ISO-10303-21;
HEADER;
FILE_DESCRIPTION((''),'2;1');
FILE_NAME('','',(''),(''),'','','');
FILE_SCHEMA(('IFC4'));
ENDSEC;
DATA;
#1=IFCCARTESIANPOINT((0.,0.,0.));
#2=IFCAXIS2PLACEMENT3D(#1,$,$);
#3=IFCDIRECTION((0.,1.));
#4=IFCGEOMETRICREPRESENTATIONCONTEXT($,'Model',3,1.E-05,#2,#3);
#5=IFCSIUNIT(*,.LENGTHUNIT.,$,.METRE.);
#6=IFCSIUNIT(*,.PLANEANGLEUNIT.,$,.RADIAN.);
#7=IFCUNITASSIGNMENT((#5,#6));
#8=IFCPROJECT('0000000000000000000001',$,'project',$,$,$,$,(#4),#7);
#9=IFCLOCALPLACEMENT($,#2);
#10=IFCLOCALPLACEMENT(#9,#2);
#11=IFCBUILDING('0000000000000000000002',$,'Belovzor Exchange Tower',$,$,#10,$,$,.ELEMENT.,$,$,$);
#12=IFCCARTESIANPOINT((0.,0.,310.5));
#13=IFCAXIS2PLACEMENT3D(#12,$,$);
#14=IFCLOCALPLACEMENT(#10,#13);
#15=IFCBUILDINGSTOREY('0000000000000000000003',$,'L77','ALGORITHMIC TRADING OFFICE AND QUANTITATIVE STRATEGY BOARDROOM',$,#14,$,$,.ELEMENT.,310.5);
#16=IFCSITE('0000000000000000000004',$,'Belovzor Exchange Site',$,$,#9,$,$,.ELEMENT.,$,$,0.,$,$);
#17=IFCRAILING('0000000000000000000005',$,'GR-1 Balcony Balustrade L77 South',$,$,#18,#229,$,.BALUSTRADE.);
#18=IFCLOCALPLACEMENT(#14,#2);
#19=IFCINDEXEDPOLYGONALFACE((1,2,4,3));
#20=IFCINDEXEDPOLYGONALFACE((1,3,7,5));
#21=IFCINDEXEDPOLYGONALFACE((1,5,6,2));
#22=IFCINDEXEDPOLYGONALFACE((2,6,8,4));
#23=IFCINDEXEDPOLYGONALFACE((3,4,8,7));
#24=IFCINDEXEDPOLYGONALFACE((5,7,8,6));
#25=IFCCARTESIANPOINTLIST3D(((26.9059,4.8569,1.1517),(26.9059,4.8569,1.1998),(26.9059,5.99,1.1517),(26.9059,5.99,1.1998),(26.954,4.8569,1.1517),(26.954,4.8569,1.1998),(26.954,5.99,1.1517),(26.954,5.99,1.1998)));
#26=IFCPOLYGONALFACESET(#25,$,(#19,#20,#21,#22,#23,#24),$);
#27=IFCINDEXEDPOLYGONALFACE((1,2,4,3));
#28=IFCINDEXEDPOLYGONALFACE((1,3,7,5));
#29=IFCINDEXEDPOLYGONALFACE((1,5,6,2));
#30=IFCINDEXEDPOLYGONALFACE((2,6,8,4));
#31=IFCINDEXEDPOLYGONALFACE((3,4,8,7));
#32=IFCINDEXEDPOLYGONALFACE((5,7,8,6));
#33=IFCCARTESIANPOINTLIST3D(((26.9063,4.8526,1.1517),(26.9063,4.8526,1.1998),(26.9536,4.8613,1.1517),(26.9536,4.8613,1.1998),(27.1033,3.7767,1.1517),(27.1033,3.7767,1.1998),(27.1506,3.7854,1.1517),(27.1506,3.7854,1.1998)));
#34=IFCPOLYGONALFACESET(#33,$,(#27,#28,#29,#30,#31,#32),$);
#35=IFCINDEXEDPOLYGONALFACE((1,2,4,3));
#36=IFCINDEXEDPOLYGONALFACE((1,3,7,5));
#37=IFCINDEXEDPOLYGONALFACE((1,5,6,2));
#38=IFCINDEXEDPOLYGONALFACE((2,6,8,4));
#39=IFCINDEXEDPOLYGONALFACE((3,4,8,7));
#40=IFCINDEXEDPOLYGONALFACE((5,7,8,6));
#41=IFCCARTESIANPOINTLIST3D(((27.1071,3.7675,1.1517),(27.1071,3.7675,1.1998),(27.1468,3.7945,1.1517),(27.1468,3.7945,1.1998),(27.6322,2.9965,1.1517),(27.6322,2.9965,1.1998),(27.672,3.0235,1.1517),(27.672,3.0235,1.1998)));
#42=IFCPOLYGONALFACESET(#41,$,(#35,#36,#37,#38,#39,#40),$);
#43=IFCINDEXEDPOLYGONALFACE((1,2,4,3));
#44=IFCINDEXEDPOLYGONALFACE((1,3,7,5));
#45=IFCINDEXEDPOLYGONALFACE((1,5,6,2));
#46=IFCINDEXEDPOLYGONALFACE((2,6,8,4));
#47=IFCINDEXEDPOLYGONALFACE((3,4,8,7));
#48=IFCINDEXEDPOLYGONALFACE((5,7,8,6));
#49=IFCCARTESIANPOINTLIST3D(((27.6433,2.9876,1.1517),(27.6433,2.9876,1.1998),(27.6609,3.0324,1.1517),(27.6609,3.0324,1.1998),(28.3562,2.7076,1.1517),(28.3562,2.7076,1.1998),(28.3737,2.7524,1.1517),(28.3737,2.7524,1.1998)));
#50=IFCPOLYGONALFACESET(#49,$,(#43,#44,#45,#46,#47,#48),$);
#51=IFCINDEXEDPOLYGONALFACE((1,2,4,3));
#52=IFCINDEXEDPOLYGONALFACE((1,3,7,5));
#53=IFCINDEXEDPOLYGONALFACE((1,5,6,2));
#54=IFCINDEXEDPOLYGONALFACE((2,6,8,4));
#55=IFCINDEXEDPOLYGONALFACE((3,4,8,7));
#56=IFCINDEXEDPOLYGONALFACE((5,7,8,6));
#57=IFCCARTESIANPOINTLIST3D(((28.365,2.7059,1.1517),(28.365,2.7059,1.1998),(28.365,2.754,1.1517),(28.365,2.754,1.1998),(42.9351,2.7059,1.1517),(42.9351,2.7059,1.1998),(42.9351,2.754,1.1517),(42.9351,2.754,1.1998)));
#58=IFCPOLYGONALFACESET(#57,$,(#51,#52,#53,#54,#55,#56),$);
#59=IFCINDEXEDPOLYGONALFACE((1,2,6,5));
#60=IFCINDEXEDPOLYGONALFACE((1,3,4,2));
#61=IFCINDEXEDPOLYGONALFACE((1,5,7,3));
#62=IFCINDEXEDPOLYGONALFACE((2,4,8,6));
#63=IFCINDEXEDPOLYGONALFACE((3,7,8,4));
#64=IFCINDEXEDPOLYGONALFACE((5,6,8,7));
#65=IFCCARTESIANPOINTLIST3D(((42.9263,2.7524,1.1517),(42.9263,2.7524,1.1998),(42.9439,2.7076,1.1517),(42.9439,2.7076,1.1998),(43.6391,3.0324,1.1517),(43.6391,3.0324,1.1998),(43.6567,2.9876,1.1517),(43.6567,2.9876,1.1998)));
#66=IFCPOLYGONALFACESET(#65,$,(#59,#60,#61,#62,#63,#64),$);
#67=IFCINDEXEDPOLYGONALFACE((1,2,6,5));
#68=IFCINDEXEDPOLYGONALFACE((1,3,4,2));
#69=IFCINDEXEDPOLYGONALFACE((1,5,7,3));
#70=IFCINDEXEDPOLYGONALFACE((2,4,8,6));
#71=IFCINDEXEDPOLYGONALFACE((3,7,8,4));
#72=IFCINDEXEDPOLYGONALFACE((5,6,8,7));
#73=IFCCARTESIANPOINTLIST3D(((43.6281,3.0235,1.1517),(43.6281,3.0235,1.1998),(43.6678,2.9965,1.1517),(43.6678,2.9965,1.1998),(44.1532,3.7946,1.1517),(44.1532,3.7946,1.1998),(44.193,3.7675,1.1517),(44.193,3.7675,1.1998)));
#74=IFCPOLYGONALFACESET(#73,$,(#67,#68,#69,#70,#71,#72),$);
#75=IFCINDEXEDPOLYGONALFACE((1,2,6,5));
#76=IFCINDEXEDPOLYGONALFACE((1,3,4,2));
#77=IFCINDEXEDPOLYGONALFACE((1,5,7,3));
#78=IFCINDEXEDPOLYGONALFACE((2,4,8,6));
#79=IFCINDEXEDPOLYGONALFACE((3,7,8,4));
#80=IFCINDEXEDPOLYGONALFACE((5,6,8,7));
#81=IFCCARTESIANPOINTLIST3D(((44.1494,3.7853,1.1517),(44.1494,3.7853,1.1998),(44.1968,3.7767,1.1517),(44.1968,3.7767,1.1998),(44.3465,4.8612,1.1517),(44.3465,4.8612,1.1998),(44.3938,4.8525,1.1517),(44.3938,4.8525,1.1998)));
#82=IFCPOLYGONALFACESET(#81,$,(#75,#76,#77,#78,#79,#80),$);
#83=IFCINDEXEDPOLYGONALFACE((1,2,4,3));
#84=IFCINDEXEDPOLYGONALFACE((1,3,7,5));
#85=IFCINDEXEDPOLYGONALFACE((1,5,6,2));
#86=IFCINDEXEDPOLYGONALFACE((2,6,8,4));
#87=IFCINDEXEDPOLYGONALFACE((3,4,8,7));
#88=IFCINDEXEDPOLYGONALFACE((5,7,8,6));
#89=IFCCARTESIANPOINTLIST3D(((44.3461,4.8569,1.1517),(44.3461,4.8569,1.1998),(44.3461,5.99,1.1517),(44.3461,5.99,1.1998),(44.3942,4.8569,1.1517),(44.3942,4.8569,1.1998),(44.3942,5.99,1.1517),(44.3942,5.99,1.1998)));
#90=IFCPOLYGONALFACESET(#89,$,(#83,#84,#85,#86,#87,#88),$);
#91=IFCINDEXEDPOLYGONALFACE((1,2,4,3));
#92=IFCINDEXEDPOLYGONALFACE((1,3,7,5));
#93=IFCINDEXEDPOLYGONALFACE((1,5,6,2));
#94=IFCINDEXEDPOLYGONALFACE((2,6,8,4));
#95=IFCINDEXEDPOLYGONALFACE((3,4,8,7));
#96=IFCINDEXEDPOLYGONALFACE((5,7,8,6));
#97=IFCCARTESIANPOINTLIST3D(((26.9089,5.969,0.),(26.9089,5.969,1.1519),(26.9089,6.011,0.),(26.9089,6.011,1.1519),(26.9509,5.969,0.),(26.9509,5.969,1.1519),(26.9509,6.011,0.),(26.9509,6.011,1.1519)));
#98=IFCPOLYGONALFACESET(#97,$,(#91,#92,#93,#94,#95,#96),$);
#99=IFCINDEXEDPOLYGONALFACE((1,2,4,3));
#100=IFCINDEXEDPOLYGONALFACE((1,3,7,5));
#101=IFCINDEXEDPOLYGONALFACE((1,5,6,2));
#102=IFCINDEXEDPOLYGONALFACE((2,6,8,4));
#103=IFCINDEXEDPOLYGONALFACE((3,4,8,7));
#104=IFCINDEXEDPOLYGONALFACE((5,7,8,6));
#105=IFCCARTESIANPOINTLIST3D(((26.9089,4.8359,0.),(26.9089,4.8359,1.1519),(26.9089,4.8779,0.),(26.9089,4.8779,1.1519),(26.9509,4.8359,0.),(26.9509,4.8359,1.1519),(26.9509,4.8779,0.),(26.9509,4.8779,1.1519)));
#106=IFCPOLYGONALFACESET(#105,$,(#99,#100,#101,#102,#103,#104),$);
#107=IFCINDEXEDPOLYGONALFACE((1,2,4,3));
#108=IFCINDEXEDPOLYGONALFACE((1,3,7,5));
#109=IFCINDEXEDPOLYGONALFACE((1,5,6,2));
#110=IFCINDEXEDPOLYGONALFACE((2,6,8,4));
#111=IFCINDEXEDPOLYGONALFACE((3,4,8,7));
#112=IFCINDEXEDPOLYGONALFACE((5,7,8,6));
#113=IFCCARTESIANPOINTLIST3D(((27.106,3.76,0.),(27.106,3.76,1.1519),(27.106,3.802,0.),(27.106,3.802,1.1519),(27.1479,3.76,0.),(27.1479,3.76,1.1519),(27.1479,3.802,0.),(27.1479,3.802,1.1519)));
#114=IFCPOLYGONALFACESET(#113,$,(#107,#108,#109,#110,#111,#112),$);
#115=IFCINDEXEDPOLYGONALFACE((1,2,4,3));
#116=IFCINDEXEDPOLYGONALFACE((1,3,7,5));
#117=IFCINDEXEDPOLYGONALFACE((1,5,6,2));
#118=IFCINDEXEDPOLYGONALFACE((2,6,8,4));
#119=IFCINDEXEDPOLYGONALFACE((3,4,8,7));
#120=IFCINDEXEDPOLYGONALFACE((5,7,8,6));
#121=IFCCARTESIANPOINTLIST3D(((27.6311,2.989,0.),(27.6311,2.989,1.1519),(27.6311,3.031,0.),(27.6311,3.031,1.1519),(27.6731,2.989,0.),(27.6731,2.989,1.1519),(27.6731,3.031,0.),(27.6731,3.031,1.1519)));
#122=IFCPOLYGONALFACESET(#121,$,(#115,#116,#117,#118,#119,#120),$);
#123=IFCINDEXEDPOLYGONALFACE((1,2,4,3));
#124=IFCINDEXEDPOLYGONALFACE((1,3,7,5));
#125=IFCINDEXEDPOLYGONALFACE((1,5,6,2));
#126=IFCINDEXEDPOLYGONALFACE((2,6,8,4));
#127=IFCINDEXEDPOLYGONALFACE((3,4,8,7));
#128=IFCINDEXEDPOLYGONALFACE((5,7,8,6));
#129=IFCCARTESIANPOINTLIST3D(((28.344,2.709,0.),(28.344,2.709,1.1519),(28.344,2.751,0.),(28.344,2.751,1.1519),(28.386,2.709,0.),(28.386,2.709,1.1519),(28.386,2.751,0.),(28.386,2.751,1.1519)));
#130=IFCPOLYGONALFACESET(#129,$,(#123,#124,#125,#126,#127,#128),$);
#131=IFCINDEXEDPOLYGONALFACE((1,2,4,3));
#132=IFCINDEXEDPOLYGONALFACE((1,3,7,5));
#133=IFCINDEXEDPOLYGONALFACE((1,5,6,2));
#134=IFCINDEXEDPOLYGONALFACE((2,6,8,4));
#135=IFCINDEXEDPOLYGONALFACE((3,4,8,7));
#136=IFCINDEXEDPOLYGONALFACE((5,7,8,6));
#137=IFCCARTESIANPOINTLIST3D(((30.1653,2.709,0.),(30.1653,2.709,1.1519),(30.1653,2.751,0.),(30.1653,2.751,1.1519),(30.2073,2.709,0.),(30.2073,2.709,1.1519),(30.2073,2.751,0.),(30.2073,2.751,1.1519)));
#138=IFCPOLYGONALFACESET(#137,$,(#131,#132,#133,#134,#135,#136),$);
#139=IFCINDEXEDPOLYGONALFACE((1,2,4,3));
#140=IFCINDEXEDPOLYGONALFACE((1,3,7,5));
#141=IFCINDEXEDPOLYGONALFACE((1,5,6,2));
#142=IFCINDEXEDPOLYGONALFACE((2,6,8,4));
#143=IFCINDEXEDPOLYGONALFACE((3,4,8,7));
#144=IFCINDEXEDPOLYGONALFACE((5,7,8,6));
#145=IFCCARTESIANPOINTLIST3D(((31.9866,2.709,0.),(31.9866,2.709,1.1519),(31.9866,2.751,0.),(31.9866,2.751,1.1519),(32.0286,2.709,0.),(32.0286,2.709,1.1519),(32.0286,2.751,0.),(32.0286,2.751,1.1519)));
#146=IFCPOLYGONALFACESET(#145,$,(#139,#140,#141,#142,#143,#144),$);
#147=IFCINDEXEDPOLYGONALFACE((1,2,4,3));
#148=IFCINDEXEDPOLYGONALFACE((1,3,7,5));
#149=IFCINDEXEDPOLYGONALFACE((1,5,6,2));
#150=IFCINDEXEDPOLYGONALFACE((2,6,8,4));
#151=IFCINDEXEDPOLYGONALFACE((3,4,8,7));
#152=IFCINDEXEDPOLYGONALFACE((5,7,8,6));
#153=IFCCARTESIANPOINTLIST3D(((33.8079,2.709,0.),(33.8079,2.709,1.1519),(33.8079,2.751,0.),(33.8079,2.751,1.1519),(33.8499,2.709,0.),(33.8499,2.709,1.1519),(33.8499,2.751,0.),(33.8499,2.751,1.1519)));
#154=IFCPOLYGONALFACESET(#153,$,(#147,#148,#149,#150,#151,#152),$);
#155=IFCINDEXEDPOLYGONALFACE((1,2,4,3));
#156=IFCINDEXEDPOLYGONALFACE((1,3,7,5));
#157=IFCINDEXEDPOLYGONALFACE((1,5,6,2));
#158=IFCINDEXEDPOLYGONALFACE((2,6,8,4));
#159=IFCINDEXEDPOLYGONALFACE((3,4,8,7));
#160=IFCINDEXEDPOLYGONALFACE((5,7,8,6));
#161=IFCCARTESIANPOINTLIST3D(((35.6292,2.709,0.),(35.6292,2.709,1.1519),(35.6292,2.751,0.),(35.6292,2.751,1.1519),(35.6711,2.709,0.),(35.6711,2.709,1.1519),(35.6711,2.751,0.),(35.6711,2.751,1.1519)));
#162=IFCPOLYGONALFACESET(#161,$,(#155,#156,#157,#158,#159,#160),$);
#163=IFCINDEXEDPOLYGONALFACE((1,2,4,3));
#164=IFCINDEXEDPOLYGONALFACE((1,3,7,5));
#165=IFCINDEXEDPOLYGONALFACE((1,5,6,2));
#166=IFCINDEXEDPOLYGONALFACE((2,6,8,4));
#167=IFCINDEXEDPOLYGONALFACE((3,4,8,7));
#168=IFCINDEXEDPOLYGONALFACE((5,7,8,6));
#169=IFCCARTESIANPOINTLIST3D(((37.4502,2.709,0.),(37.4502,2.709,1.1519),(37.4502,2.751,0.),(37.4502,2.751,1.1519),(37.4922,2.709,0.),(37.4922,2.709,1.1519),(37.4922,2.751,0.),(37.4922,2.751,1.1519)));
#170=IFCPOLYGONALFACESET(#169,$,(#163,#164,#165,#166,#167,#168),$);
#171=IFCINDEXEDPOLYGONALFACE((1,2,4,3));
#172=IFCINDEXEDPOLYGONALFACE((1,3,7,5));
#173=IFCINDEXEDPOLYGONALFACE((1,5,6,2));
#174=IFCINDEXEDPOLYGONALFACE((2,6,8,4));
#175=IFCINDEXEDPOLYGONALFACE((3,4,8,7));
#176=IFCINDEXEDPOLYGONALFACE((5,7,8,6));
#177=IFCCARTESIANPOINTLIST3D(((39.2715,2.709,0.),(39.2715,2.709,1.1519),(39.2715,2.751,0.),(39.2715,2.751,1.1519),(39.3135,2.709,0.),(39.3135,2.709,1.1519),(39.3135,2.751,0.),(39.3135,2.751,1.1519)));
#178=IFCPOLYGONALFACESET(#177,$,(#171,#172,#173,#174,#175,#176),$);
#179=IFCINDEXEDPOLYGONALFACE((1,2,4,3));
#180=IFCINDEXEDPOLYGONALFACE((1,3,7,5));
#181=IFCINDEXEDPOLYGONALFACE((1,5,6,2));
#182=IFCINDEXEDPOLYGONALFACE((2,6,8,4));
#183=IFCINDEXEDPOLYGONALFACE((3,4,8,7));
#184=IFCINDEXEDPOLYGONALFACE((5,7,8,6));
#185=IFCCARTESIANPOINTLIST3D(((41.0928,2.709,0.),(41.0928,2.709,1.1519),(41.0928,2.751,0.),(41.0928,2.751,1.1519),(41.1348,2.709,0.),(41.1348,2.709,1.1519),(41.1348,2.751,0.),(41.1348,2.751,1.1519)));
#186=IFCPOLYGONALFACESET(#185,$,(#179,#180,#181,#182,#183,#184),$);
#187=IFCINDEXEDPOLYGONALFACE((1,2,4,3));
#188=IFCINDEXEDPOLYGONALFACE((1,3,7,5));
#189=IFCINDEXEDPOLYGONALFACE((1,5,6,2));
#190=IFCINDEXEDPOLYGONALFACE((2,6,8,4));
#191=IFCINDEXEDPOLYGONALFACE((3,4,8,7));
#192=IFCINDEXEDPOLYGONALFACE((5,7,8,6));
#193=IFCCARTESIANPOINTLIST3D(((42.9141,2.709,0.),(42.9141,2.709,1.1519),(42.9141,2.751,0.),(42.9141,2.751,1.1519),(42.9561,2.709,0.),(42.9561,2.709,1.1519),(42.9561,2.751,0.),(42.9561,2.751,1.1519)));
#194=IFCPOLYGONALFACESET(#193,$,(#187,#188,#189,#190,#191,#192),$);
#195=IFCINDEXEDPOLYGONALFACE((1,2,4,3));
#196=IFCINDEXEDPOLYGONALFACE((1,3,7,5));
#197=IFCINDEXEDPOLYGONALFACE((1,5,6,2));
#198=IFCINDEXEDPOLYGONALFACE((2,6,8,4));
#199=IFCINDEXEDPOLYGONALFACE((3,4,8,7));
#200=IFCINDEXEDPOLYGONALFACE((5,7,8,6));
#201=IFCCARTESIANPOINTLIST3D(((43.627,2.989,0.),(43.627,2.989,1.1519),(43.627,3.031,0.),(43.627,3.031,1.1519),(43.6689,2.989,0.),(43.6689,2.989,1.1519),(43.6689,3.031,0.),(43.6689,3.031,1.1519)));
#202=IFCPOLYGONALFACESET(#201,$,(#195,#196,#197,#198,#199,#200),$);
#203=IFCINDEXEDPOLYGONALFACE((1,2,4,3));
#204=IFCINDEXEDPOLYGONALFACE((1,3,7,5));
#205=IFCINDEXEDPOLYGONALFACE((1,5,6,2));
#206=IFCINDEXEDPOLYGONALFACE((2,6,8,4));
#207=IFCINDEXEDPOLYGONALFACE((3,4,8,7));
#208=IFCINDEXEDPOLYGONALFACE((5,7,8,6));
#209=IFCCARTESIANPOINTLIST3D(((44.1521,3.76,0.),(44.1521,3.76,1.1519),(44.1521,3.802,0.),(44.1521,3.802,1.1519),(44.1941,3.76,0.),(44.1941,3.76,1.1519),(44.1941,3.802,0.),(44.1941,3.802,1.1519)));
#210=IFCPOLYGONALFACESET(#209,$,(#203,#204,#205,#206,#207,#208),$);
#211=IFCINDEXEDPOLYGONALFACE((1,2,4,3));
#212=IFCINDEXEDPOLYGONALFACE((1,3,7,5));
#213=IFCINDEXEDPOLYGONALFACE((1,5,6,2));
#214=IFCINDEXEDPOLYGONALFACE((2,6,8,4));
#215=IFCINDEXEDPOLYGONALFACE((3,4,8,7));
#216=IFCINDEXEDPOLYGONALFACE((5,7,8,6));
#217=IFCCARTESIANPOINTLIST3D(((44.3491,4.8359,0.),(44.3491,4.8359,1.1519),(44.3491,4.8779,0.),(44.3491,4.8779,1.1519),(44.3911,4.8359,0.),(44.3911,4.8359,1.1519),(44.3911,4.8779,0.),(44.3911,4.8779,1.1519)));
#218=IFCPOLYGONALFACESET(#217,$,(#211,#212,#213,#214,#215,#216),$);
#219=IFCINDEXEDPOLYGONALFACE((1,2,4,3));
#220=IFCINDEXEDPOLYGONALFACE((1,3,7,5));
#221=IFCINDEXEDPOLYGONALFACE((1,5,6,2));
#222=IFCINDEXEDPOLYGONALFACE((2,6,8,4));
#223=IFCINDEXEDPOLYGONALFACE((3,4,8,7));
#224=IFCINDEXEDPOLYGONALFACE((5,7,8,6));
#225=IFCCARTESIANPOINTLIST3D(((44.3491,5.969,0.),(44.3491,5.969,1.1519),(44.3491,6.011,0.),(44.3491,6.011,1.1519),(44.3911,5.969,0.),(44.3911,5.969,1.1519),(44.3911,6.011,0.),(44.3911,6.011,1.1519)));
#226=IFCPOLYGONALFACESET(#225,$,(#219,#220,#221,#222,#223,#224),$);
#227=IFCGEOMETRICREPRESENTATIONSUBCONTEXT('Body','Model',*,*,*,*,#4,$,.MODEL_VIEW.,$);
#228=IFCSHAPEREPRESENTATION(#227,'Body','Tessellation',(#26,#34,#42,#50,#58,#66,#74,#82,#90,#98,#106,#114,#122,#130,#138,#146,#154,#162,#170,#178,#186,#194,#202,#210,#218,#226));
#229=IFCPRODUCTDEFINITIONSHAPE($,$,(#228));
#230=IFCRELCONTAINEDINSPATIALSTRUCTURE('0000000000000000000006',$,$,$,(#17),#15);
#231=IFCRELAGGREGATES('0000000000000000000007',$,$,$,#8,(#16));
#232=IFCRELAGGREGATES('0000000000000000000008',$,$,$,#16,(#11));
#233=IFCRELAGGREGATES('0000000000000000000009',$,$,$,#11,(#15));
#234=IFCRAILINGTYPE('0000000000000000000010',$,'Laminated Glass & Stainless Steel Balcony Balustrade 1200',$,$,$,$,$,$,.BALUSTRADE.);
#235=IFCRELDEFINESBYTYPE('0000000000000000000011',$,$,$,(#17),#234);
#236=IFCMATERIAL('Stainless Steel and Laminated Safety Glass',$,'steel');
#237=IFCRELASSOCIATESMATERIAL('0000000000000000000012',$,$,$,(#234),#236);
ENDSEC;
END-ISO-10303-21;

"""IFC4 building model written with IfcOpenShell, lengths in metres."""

from ifc_helpers import new_model, si_unit, direction, frame, origin, origin_2d, place, context, subcontext, project, spatial, rectangle, extrude, material, type_object, element, save


model = new_model("IFC4")

# Units and contexts
model_context = context("Model", 3, precision=1e-05, world=origin(), true_north=direction((0.0, 1.0)))
body_context = subcontext(model_context, "Body", "Model", "MODEL_VIEW")
ifc_project = project(units=[si_unit("LENGTHUNIT", "METRE"), si_unit("PLANEANGLEUNIT", "RADIAN")], contexts=[model_context])

# Site, building, storey
site_placement = place(None, origin())
site = spatial("IfcSite", under=ifc_project, at=site_placement, Name="Belovzor Exchange Site", CompositionType="ELEMENT", RefElevation=0.0)
building_placement = place(site_placement, origin())
building = spatial("IfcBuilding", under=site, at=building_placement, Name="Belovzor Exchange Tower", CompositionType="ELEMENT")
storey_placement = place(building_placement, frame((0.0, 0.0, 310.5)))
storey = spatial("IfcBuildingStorey", under=building, at=storey_placement, Name="L77", Description="ALGORITHMIC TRADING OFFICE AND QUANTITATIVE STRATEGY BOARDROOM", CompositionType="ELEMENT", Elevation=310.5)

# Railing
ifc_material_1 = material(Name="Stainless Steel and Laminated Safety Glass", Category="steel")
railing_type = type_object("IfcRailingType", Name="Laminated Glass & Stainless Steel Balcony Balustrade 1200", PredefinedType="BALUSTRADE", material=ifc_material_1)
railing_placement = place(storey_placement, frame((26.9299, 5.99, 0.0)))
element("IfcRailing", 1, at=railing_placement, inside=storey, type_object=railing_type, Name="GR-1 Balcony Balustrade L77 South", PredefinedType="BALUSTRADE", context=body_context, shape_type="SweptSolid", body=[
    extrude(rectangle(XDim=0.0481, YDim=0.0481, at=origin_2d()), frame((0.0, 0.0, 1.1758), z_axis=(0.0, -1.0, 0.0), x_axis=(1.0, 0.0, 0.0)), (0.0, 0.0, 1.0), 1.1331),
    extrude(rectangle(XDim=0.0481, YDim=0.0481, at=origin_2d()), frame((0.0, -1.1331, 1.1758), z_axis=(0.180123, -0.983644, 0.0), x_axis=(0.983644, 0.180123, 0.0)), (0.0, 0.0, 1.0), 1.0938),
    extrude(rectangle(XDim=0.0481, YDim=0.0481, at=origin_2d()), frame((0.197, -2.209, 1.1758), z_axis=(0.562947, -0.826493, 0.0), x_axis=(0.826493, 0.562947, 0.0)), (0.0, 0.0, 1.0), 0.9329),
    extrude(rectangle(XDim=0.0481, YDim=0.0481, at=origin_2d()), frame((0.7222, -2.98, 1.1758), z_axis=(0.930767, -0.365613, 0.0), x_axis=(0.365613, 0.930767, 0.0)), (0.0, 0.0, 1.0), 0.7659),
    extrude(rectangle(XDim=0.0481, YDim=0.0481, at=origin_2d()), frame((1.4351, -3.26, 1.1758), z_axis=(1.0, 0.0, 0.0), x_axis=(0.0, 1.0, 0.0)), (0.0, 0.0, 1.0), 14.5701),
    extrude(rectangle(XDim=0.0481, YDim=0.0481, at=origin_2d()), frame((16.0051, -3.26, 1.1758), z_axis=(0.930767, 0.365613, 0.0), x_axis=(-0.365613, 0.930767, 0.0)), (0.0, 0.0, 1.0), 0.7659),
    extrude(rectangle(XDim=0.0481, YDim=0.0481, at=origin_2d()), frame((16.718, -2.98, 1.1758), z_axis=(0.562947, 0.826493, 0.0), x_axis=(-0.826493, 0.562947, 0.0)), (0.0, 0.0, 1.0), 0.9329),
    extrude(rectangle(XDim=0.0481, YDim=0.0481, at=origin_2d()), frame((17.2432, -2.209, 1.1758), z_axis=(0.180123, 0.983644, 0.0), x_axis=(-0.983644, 0.180123, 0.0)), (0.0, 0.0, 1.0), 1.0938),
    extrude(rectangle(XDim=0.0481, YDim=0.0481, at=origin_2d()), frame((17.4402, -1.1331, 1.1758), z_axis=(0.0, 1.0, 0.0), x_axis=(-1.0, 0.0, 0.0)), (0.0, 0.0, 1.0), 1.1331),
    extrude(rectangle(XDim=0.042, YDim=0.042, at=origin_2d()), origin(), (0.0, 0.0, 1.0), 1.1519),
    extrude(rectangle(XDim=0.042, YDim=0.042, at=origin_2d()), frame((0.0, -1.1331, 0.0)), (0.0, 0.0, 1.0), 1.1519),
    extrude(rectangle(XDim=0.042, YDim=0.042, at=origin_2d()), frame((0.197, -2.209, 0.0)), (0.0, 0.0, 1.0), 1.1519),
    extrude(rectangle(XDim=0.042, YDim=0.042, at=origin_2d()), frame((0.7222, -2.98, 0.0)), (0.0, 0.0, 1.0), 1.1519),
    extrude(rectangle(XDim=0.042, YDim=0.042, at=origin_2d()), frame((1.4351, -3.26, 0.0)), (0.0, 0.0, 1.0), 1.1519),
    extrude(rectangle(XDim=0.042, YDim=0.042, at=origin_2d()), frame((3.2563, -3.26, 0.0)), (0.0, 0.0, 1.0), 1.1519),
    extrude(rectangle(XDim=0.042, YDim=0.042, at=origin_2d()), frame((5.0776, -3.26, 0.0)), (0.0, 0.0, 1.0), 1.1519),
    extrude(rectangle(XDim=0.042, YDim=0.042, at=origin_2d()), frame((6.8989, -3.26, 0.0)), (0.0, 0.0, 1.0), 1.1519),
    extrude(rectangle(XDim=0.042, YDim=0.042, at=origin_2d()), frame((8.7202, -3.26, 0.0)), (0.0, 0.0, 1.0), 1.1519),
    extrude(rectangle(XDim=0.042, YDim=0.042, at=origin_2d()), frame((10.5413, -3.26, 0.0)), (0.0, 0.0, 1.0), 1.1519),
    extrude(rectangle(XDim=0.042, YDim=0.042, at=origin_2d()), frame((12.3625, -3.26, 0.0)), (0.0, 0.0, 1.0), 1.1519),
    extrude(rectangle(XDim=0.042, YDim=0.042, at=origin_2d()), frame((14.1838, -3.26, 0.0)), (0.0, 0.0, 1.0), 1.1519),
    extrude(rectangle(XDim=0.042, YDim=0.042, at=origin_2d()), frame((16.0051, -3.26, 0.0)), (0.0, 0.0, 1.0), 1.1519),
    extrude(rectangle(XDim=0.042, YDim=0.042, at=origin_2d()), frame((16.718, -2.98, 0.0)), (0.0, 0.0, 1.0), 1.1519),
    extrude(rectangle(XDim=0.042, YDim=0.042, at=origin_2d()), frame((17.2432, -2.209, 0.0)), (0.0, 0.0, 1.0), 1.1519),
    extrude(rectangle(XDim=0.042, YDim=0.042, at=origin_2d()), frame((17.4402, -1.1331, 0.0)), (0.0, 0.0, 1.0), 1.1519),
    extrude(rectangle(XDim=0.042, YDim=0.042, at=origin_2d()), frame((17.4402, 0.0, 0.0)), (0.0, 0.0, 1.0), 1.1519),
])

save(model, "model.ifc")
